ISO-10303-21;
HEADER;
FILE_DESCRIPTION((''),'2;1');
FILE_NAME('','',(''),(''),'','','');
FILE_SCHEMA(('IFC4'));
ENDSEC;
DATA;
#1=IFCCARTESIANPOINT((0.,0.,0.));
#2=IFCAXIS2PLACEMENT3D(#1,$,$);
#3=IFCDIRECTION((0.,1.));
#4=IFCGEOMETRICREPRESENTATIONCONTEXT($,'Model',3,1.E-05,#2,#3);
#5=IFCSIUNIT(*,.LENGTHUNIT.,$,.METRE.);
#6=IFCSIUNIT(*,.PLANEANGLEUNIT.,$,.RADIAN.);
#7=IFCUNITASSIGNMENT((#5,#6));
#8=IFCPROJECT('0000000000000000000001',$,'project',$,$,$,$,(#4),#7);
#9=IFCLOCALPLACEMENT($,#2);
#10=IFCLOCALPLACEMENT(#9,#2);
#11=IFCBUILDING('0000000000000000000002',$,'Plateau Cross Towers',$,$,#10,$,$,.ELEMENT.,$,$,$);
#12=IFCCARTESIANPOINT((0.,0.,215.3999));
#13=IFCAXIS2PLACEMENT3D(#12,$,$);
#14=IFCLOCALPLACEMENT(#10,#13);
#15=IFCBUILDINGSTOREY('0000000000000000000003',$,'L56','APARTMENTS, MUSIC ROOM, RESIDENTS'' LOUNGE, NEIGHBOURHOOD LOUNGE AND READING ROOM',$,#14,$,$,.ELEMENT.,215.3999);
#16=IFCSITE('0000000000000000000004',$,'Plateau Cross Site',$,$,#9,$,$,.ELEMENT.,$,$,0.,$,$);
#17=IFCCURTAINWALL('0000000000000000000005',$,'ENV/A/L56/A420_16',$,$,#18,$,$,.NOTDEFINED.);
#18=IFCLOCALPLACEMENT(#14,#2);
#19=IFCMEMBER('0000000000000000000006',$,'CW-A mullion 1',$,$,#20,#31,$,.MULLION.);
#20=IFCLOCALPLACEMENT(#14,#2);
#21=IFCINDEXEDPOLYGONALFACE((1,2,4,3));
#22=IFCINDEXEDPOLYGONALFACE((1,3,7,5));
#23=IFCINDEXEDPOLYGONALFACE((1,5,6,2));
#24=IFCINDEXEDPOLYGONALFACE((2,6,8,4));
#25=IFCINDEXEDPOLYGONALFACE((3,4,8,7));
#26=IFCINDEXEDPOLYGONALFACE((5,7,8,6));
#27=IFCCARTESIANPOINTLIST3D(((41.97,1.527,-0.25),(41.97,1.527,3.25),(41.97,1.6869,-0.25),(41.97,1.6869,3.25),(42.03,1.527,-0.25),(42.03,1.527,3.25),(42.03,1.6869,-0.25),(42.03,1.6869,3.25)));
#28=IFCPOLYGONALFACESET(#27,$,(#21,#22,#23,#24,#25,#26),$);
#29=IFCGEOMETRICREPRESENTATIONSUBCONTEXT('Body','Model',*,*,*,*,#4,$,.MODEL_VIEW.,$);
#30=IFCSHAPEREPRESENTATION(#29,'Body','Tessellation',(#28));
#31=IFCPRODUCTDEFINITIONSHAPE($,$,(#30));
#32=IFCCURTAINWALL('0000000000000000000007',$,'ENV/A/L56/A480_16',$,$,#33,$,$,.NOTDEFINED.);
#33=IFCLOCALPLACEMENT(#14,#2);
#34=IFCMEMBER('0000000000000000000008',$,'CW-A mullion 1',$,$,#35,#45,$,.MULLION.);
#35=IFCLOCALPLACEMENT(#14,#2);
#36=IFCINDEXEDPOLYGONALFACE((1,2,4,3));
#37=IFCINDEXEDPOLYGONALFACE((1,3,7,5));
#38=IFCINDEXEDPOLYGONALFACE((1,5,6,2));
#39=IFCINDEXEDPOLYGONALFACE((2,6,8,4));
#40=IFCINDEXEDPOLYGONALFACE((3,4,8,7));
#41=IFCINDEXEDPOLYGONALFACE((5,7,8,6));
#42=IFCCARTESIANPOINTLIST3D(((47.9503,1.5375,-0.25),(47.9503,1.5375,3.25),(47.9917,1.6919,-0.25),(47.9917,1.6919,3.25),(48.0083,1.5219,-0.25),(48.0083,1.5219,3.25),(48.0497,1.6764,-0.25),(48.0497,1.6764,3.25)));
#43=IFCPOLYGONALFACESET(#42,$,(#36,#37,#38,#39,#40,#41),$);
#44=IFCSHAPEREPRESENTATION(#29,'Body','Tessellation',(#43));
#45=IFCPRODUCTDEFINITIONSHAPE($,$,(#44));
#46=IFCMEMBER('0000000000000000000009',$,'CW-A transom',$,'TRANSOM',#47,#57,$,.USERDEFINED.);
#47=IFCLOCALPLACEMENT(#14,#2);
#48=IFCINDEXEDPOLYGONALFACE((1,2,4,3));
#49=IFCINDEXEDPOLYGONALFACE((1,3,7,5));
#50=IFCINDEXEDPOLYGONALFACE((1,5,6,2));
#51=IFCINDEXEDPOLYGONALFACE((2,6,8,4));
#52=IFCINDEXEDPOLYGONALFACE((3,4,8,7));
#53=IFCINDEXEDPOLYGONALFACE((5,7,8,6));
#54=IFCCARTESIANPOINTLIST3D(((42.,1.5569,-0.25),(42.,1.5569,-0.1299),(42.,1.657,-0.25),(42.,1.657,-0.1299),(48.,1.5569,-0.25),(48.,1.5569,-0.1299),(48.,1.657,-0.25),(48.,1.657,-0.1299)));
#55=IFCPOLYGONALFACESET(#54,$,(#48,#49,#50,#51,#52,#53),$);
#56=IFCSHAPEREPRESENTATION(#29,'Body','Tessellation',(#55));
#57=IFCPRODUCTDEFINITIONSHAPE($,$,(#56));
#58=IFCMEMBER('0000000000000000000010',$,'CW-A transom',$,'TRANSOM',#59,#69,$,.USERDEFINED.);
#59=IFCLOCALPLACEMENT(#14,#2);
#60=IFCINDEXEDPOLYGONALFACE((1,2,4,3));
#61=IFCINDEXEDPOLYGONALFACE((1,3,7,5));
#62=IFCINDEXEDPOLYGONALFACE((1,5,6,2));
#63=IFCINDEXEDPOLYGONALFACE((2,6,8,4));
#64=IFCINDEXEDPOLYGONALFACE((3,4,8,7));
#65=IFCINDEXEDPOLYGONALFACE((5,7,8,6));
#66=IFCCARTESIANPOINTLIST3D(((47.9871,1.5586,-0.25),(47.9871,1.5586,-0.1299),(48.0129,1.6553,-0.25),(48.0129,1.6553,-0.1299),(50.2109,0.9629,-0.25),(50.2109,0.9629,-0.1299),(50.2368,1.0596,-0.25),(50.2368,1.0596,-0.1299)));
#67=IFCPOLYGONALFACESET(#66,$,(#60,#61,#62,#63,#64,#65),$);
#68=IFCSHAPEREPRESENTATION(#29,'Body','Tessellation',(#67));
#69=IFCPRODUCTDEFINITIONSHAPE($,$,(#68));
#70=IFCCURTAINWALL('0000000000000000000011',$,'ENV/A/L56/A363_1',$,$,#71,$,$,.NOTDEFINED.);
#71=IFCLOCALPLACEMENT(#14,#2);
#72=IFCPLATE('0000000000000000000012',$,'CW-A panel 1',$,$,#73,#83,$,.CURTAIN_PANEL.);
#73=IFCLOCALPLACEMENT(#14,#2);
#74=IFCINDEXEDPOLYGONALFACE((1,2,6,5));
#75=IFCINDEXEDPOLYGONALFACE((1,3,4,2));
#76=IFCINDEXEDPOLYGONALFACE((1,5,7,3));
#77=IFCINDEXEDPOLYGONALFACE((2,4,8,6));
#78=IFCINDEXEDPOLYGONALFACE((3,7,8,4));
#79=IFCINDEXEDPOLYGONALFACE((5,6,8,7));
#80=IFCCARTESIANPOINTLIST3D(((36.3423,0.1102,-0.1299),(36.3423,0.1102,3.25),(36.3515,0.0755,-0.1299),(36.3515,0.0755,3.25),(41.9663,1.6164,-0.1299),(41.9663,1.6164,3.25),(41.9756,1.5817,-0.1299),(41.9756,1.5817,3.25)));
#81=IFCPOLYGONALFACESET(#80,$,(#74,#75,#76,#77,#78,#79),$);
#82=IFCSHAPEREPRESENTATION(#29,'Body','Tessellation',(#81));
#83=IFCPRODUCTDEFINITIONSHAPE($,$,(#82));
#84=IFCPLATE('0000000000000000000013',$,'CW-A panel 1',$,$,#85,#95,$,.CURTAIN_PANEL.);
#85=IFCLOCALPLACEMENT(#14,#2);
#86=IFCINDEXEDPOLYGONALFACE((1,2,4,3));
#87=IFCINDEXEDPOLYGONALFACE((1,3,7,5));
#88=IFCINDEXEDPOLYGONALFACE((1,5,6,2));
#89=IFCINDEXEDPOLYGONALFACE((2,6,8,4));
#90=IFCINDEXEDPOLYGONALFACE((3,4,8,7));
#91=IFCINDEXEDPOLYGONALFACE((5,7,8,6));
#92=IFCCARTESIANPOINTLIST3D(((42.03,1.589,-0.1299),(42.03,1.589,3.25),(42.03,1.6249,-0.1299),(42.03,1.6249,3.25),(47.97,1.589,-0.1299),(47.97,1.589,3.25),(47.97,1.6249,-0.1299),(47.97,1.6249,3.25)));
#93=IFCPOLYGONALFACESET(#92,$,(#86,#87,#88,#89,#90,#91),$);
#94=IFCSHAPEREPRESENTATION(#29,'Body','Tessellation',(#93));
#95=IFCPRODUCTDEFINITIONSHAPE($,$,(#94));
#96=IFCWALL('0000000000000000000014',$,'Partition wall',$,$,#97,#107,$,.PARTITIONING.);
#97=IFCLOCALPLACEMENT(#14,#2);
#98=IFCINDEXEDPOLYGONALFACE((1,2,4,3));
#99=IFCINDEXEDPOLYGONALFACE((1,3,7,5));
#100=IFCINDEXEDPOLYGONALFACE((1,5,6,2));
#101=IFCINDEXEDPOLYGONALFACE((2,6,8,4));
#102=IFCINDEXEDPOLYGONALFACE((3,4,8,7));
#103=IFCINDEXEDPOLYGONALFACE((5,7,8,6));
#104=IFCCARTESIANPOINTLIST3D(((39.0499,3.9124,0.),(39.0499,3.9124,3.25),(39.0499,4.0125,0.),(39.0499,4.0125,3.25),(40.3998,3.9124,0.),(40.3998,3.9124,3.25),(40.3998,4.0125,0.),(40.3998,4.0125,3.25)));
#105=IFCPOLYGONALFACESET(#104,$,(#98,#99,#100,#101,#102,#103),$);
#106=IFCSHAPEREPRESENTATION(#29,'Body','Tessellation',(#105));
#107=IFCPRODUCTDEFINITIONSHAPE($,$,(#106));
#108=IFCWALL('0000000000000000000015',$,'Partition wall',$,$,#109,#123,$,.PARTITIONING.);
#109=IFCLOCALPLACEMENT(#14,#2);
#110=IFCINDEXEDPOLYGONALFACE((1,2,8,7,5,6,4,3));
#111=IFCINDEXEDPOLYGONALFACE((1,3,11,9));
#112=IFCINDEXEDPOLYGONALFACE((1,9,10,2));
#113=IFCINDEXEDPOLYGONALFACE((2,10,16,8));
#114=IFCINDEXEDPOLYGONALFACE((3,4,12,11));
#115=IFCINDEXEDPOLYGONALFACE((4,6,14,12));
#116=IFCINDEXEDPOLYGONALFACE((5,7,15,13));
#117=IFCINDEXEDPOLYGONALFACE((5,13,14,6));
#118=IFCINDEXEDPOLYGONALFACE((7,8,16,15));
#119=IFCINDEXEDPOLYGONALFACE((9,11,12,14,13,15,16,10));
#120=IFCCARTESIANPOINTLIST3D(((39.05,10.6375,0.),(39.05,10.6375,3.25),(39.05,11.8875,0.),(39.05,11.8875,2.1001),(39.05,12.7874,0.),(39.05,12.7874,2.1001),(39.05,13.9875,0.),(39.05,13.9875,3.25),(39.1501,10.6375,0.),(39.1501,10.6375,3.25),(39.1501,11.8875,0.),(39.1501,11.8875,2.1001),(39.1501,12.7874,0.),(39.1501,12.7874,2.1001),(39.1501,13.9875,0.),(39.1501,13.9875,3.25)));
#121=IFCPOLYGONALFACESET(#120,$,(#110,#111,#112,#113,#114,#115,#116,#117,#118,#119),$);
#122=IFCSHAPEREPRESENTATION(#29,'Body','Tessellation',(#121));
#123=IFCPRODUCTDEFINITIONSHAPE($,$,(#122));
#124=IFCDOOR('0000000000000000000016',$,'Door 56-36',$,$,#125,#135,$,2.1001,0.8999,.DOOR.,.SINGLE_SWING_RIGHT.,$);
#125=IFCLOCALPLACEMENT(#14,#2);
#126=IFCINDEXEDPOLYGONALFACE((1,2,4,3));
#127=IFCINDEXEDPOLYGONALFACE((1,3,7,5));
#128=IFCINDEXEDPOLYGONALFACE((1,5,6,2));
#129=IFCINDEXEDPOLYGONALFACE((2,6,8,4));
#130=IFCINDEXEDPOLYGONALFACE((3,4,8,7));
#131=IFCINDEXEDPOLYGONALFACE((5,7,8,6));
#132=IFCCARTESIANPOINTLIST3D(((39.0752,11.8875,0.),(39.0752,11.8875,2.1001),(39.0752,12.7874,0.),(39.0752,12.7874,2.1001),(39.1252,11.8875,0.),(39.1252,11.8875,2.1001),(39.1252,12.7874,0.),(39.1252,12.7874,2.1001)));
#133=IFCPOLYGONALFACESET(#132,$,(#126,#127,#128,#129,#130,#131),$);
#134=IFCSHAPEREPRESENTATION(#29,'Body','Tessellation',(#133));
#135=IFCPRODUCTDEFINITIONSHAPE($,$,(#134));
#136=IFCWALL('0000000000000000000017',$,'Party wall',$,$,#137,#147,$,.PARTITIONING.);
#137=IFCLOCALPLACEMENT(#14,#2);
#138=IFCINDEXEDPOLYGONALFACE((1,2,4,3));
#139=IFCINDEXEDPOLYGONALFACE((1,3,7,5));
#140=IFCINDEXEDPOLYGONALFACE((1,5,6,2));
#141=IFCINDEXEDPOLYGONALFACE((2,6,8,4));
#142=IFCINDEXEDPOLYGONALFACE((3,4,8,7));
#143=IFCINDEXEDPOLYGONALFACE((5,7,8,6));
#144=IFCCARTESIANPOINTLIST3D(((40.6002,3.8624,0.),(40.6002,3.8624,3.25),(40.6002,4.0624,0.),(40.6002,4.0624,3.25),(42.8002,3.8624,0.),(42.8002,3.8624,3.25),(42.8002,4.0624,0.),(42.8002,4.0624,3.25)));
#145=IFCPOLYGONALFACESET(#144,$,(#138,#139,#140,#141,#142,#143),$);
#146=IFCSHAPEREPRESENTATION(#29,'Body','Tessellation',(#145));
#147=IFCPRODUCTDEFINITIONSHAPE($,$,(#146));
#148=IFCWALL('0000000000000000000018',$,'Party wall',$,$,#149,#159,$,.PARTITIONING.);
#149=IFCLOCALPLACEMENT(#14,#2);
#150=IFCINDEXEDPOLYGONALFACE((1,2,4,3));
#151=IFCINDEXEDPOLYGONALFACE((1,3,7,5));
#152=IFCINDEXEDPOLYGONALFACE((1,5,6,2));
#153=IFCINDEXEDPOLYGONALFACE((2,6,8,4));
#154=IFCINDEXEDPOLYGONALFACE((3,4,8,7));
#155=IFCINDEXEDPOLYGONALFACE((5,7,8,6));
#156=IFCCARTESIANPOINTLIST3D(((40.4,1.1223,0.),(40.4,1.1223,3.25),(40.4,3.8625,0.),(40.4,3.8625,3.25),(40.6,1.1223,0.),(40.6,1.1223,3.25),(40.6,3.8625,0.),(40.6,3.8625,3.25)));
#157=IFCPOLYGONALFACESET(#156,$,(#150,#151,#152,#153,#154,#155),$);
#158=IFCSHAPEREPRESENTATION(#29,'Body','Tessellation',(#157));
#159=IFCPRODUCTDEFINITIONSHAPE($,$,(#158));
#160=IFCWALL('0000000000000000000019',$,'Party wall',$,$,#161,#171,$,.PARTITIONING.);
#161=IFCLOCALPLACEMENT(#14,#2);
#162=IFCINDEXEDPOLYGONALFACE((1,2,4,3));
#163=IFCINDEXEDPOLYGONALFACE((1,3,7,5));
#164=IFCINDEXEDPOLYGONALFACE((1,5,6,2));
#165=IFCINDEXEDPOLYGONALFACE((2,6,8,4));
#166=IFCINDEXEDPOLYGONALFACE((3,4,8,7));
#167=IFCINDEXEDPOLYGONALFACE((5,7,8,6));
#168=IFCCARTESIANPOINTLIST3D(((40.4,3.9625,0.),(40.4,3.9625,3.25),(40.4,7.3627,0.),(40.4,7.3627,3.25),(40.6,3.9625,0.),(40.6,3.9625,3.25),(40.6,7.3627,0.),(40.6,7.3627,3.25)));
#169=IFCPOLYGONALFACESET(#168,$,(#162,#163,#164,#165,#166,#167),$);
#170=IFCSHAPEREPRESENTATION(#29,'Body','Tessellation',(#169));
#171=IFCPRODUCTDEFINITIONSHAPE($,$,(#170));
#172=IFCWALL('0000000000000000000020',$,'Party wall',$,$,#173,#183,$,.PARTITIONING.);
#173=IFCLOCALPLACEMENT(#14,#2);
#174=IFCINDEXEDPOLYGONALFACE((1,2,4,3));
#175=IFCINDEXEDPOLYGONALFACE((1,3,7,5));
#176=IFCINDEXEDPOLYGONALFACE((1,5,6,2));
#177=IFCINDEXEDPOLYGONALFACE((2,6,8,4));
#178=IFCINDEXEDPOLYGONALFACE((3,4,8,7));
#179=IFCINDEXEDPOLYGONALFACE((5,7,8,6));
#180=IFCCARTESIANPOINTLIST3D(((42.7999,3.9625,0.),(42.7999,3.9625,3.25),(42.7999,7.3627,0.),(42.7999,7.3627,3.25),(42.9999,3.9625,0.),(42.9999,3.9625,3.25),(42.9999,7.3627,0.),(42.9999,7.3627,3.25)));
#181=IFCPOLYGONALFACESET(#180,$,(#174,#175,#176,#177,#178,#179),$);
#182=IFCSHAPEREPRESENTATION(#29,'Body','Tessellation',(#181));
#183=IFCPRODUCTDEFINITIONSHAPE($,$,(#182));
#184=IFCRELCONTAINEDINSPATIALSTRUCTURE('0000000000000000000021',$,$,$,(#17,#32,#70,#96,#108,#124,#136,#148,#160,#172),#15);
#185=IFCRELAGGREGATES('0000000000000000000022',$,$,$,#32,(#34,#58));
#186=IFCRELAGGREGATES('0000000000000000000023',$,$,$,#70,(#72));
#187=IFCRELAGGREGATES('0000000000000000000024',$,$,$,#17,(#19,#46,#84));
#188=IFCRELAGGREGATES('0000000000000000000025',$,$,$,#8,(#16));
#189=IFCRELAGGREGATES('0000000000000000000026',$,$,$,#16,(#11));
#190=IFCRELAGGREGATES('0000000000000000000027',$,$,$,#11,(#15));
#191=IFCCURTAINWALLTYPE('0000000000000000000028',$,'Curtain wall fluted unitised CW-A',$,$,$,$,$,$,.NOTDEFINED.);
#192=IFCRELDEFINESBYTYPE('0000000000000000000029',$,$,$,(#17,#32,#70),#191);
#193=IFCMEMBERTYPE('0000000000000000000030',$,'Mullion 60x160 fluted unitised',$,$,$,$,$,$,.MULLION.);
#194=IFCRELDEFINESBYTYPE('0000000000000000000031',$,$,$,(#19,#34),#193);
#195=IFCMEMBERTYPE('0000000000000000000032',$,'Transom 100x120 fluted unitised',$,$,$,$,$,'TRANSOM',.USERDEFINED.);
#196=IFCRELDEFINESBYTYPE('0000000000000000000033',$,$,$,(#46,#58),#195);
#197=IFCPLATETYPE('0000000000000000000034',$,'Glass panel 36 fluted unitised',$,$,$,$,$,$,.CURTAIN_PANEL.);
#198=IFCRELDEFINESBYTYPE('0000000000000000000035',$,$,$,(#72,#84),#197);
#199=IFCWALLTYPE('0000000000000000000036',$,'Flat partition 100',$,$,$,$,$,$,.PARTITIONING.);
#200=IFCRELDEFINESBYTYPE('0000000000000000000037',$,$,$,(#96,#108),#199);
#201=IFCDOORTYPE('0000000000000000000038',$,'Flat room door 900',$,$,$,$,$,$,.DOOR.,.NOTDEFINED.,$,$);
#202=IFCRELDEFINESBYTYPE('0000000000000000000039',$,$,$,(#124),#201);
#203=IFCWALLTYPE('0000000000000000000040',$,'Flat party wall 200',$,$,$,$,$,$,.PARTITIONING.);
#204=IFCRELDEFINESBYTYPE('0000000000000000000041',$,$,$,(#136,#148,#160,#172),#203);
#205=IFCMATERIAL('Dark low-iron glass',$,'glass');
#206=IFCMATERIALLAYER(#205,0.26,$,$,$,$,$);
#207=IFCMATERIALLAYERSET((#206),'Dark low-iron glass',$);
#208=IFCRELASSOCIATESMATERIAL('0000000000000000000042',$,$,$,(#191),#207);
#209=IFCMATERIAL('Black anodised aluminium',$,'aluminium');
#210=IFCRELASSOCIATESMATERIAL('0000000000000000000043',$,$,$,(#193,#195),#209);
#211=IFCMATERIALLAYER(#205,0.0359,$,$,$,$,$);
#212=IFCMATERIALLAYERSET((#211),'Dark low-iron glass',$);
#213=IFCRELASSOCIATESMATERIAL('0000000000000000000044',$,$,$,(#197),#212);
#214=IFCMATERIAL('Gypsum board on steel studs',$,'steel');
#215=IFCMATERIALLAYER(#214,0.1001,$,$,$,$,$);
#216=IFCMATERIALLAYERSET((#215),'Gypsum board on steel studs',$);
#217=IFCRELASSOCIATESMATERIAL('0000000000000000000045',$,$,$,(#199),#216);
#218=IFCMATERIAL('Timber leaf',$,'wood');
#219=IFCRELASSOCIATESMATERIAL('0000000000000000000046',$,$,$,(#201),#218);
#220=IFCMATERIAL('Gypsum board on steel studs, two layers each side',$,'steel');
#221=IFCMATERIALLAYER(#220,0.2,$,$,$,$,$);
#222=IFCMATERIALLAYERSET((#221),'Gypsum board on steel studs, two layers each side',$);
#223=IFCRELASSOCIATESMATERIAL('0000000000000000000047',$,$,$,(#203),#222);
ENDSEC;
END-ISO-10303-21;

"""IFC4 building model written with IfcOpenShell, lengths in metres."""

from ifc_helpers import new_model, si_unit, direction, frame, frame_2d, origin, origin_2d, place, context, subcontext, project, spatial, rectangle, extrude, material, layer, layer_set, material_profile, profile_set, type_object, element, fill, aggregate, save


model = new_model("IFC4")

# Units and contexts
model_context = context("Model", 3, precision=1e-05, world=origin(), true_north=direction((0.0, 1.0)))
body_context = subcontext(model_context, "Body", "Model", "MODEL_VIEW")
ifc_project = project(units=[si_unit("LENGTHUNIT", "METRE"), si_unit("PLANEANGLEUNIT", "RADIAN")], contexts=[model_context])

# Site, building, storey
site_placement = place(None, origin())
site = spatial("IfcSite", under=ifc_project, at=site_placement, Name="Plateau Cross Site", CompositionType="ELEMENT", RefElevation=0.0)
building_placement = place(site_placement, origin())
building = spatial("IfcBuilding", under=site, at=building_placement, Name="Plateau Cross Towers", CompositionType="ELEMENT")
storey_placement = place(building_placement, frame((0.0, 0.0, 215.3999)))
storey = spatial("IfcBuildingStorey", under=building, at=storey_placement, Name="L56", Description="APARTMENTS, MUSIC ROOM, RESIDENTS' LOUNGE, NEIGHBOURHOOD LOUNGE AND READING ROOM", CompositionType="ELEMENT", Elevation=215.3999)

# Curtain walls, members
ifc_material_1 = material(Name="Dark low-iron glass", Category="glass")
ifc_layer_1 = layer(ifc_material_1, 0.26)
ifc_layer_set_1 = layer_set([ifc_layer_1], Name="Dark low-iron glass")
curtain_wall_type = type_object("IfcCurtainWallType", Name="Curtain wall fluted unitised CW-A", PredefinedType="NOTDEFINED", material=ifc_layer_set_1)
curtain_wall_1_placement = place(storey_placement, origin())
curtain_wall_1 = element("IfcCurtainWall", 1, at=curtain_wall_1_placement, inside=storey, type_object=curtain_wall_type, Name="ENV/A/L56/A420_16", PredefinedType="NOTDEFINED")
ifc_material_2 = material(Name="Black anodised aluminium", Category="aluminium")
ifc_material_profile_1 = material_profile(ifc_material_2, rectangle(XDim=0.0601, YDim=0.1599, at=origin_2d()), Name="MULLION 60x160")
ifc_profile_set_1 = profile_set([ifc_material_profile_1], Name="Black anodised aluminium")
member_type_1 = type_object("IfcMemberType", Name="Mullion 60x160 fluted unitised", PredefinedType="MULLION", material=ifc_profile_set_1)
member_1_placement = place(storey_placement, frame((42.0, 1.6069, -0.25), z_axis=(0.0, 0.0, 1.0), x_axis=(1.0, 0.0, 0.0)))
member_1 = element("IfcMember", 2, at=member_1_placement, type_object=member_type_1, Name="CW-A mullion 1", PredefinedType="MULLION", context=body_context, shape_type="SweptSolid", body=[
    extrude(rectangle(XDim=0.0601, YDim=0.1599, at=origin_2d()), origin(), (0.0, 0.0, 1.0), 3.5),
])
curtain_wall_2_placement = place(storey_placement, origin())
curtain_wall_2 = element("IfcCurtainWall", 3, at=curtain_wall_2_placement, inside=storey, type_object=curtain_wall_type, Name="ENV/A/L56/A480_16", PredefinedType="NOTDEFINED")
member_2_placement = place(storey_placement, frame((48.0, 1.6069, -0.25), z_axis=(0.0, 0.0, 1.0), x_axis=(0.965958, -0.258699, 0.0)))
member_2 = element("IfcMember", 4, at=member_2_placement, type_object=member_type_1, Name="CW-A mullion 1", PredefinedType="MULLION", context=body_context, shape_type="SweptSolid", body=[
    extrude(rectangle(XDim=0.0601, YDim=0.1599, at=origin_2d()), origin(), (0.0, 0.0, 1.0), 3.5),
])

# Members
ifc_material_profile_2 = material_profile(ifc_material_2, rectangle(XDim=0.1001, YDim=0.1201, at=origin_2d()), Name="TRANSOM 100x120")
ifc_profile_set_2 = profile_set([ifc_material_profile_2], Name="Black anodised aluminium")
member_type_2 = type_object("IfcMemberType", Name="Transom 100x120 fluted unitised", ElementType="TRANSOM", PredefinedType="USERDEFINED", material=ifc_profile_set_2)
member_3_placement = place(storey_placement, frame((42.0, 1.6069, -0.1899), z_axis=(1.0, 0.0, 0.0), x_axis=(0.0, 1.0, 0.0)))
member_3 = element("IfcMember", 5, at=member_3_placement, type_object=member_type_2, Name="CW-A transom", ObjectType="TRANSOM", PredefinedType="USERDEFINED", context=body_context, shape_type="SweptSolid", body=[
    extrude(rectangle(XDim=0.1001, YDim=0.1201, at=origin_2d()), origin(), (0.0, 0.0, 1.0), 6.0),
])
member_4_placement = place(storey_placement, frame((48.0, 1.6069, -0.1899), z_axis=(0.965946, -0.258745, 0.0), x_axis=(0.258745, 0.965946, 0.0)))
member_4 = element("IfcMember", 6, at=member_4_placement, type_object=member_type_2, Name="CW-A transom", ObjectType="TRANSOM", PredefinedType="USERDEFINED", context=body_context, shape_type="SweptSolid", body=[
    extrude(rectangle(XDim=0.1001, YDim=0.1201, at=origin_2d()), origin(), (0.0, 0.0, 1.0), 2.3022),
])
aggregate(curtain_wall_2, [member_2, member_4])

# Curtain wall, plate
curtain_wall_3_placement = place(storey_placement, origin())
curtain_wall_3 = element("IfcCurtainWall", 7, at=curtain_wall_3_placement, inside=storey, type_object=curtain_wall_type, Name="ENV/A/L56/A363_1", PredefinedType="NOTDEFINED")
ifc_layer_2 = layer(ifc_material_1, 0.0359)
ifc_layer_set_2 = layer_set([ifc_layer_2], Name="Dark low-iron glass")
plate_type = type_object("IfcPlateType", Name="Glass panel 36 fluted unitised", PredefinedType="CURTAIN_PANEL", material=ifc_layer_set_2)
plate_1_placement = place(storey_placement, frame((39.1589, 0.8459, -0.1299), z_axis=(0.0, 0.0, 1.0), x_axis=(0.965958, 0.258699, 0.0)))
plate_1 = element("IfcPlate", 8, at=plate_1_placement, type_object=plate_type, Name="CW-A panel 1", PredefinedType="CURTAIN_PANEL", context=body_context, shape_type="SweptSolid", body=[
    extrude(rectangle(XDim=5.8223, YDim=0.0359, at=origin_2d()), origin(), (0.0, 0.0, 1.0), 3.3799),
])
aggregate(curtain_wall_3, [plate_1])

# Plate
plate_2_placement = place(storey_placement, frame((45.0, 1.6069, -0.1299), z_axis=(0.0, 0.0, 1.0), x_axis=(1.0, 0.0, 0.0)))
plate_2 = element("IfcPlate", 9, at=plate_2_placement, type_object=plate_type, Name="CW-A panel 1", PredefinedType="CURTAIN_PANEL", context=body_context, shape_type="SweptSolid", body=[
    extrude(rectangle(XDim=5.9399, YDim=0.0359, at=origin_2d()), origin(), (0.0, 0.0, 1.0), 3.3799),
])
aggregate(curtain_wall_1, [member_1, member_3, plate_2])

# Wall
ifc_material_3 = material(Name="Gypsum board on steel studs", Category="steel")
ifc_layer_3 = layer(ifc_material_3, 0.1001)
ifc_layer_set_3 = layer_set([ifc_layer_3], Name="Gypsum board on steel studs")
wall_type_1 = type_object("IfcWallType", Name="Flat partition 100", PredefinedType="PARTITIONING", material=ifc_layer_set_3)
wall_1_placement = place(storey_placement, frame((39.05, 3.9624, 0.0), z_axis=(0.0, 0.0, 1.0), x_axis=(1.0, 0.0, 0.0)))
element("IfcWall", 10, at=wall_1_placement, inside=storey, type_object=wall_type_1, Name="Partition wall", PredefinedType="PARTITIONING", context=body_context, shape_type="SweptSolid", body=[
    extrude(rectangle(XDim=1.3499, YDim=0.1001, at=frame_2d((0.6748, 0.0))), origin(), (0.0, 0.0, 1.0), 3.25),
])

# Wall, opening, door
wall_2_placement = place(storey_placement, frame((39.1001, 10.6375, 0.0), z_axis=(0.0, 0.0, 1.0), x_axis=(0.0, 1.0, 0.0)))
wall_2 = element("IfcWall", 11, at=wall_2_placement, inside=storey, type_object=wall_type_1, Name="Partition wall", PredefinedType="PARTITIONING", context=body_context, shape_type="SweptSolid", body=[
    extrude(rectangle(XDim=3.3501, YDim=0.1001, at=frame_2d((1.675, 0.0))), origin(), (0.0, 0.0, 1.0), 3.25),
])
opening_1_placement = place(wall_2_placement, frame((1.25, 0.0, 0.0)))
opening_1 = element("IfcOpeningElement", 12, at=opening_1_placement, cuts=wall_2, PredefinedType="OPENING", context=body_context, shape_type="SweptSolid", body=[
    extrude(rectangle(XDim=0.8999, YDim=2.1001, at=frame_2d((0.45, 1.05))), frame((0.0, 0.0601, 0.0), z_axis=(0.0, -1.0, 0.0), x_axis=(1.0, 0.0, 0.0)), (0.0, 0.0, 1.0), 0.1201),
])
ifc_material_4 = material(Name="Timber leaf", Category="wood")
door_type_1 = type_object("IfcDoorType", Name="Flat room door 900", OperationType="NOTDEFINED", PredefinedType="DOOR", material=ifc_material_4)
door_1_placement = place(opening_1_placement, origin())
door_1 = element("IfcDoor", 13, at=door_1_placement, inside=storey, type_object=door_type_1, Name="Door 56-36", OperationType="SINGLE_SWING_RIGHT", OverallHeight=2.1001, OverallWidth=0.8999, PredefinedType="DOOR", context=body_context, shape_type="SweptSolid", body=[
    extrude(rectangle(XDim=0.8999, YDim=2.1001, at=frame_2d((0.45, 1.05))), frame((0.0, 0.0249, 0.0), z_axis=(0.0, -1.0, 0.0), x_axis=(1.0, 0.0, 0.0)), (0.0, 0.0, 1.0), 0.05),
])
fill(opening_1, door_1)

# Walls
ifc_material_5 = material(Name="Gypsum board on steel studs, two layers each side", Category="steel")
ifc_layer_4 = layer(ifc_material_5, 0.2)
ifc_layer_set_4 = layer_set([ifc_layer_4], Name="Gypsum board on steel studs, two layers each side")
wall_type_2 = type_object("IfcWallType", Name="Flat party wall 200", PredefinedType="PARTITIONING", material=ifc_layer_set_4)
wall_3_placement = place(storey_placement, frame((40.6001, 3.9624, 0.0), z_axis=(0.0, 0.0, 1.0), x_axis=(1.0, 0.0, 0.0)))
element("IfcWall", 14, at=wall_3_placement, inside=storey, type_object=wall_type_2, Name="Party wall", PredefinedType="PARTITIONING", context=body_context, shape_type="SweptSolid", body=[
    extrude(rectangle(XDim=2.2, YDim=0.2, at=frame_2d((1.1001, 0.0))), origin(), (0.0, 0.0, 1.0), 3.25),
])
wall_4_placement = place(storey_placement, frame((40.5, 3.8625, 0.0), z_axis=(0.0, 0.0, 1.0), x_axis=(0.0, -1.0, 0.0)))
element("IfcWall", 15, at=wall_4_placement, inside=storey, type_object=wall_type_2, Name="Party wall", PredefinedType="PARTITIONING", context=body_context, shape_type="SweptSolid", body=[
    extrude(rectangle(XDim=2.7402, YDim=0.2, at=frame_2d((1.3701, 0.0))), origin(), (0.0, 0.0, 1.0), 3.25),
])
for number, where, z_axis, x_axis, name in (
    (16, (40.5, 3.9624, 0.0), (0.0, 0.0, 1.0), (0.0, 1.0, 0.0), "Party wall"),
    (17, (42.8999, 3.9624, 0.0), (0.0, 0.0, 1.0), (0.0, 1.0, 0.0), "Party wall"),
):
    element("IfcWall", number, at=place(storey_placement, frame(where, z_axis=z_axis, x_axis=x_axis)), inside=storey, type_object=wall_type_2, Name=name, PredefinedType="PARTITIONING", context=body_context, shape_type="SweptSolid", body=[
        extrude(rectangle(XDim=3.4001, YDim=0.2, at=frame_2d((1.7002, 0.0))), origin(), (0.0, 0.0, 1.0), 3.25),
    ])

save(model, "model.ifc")
